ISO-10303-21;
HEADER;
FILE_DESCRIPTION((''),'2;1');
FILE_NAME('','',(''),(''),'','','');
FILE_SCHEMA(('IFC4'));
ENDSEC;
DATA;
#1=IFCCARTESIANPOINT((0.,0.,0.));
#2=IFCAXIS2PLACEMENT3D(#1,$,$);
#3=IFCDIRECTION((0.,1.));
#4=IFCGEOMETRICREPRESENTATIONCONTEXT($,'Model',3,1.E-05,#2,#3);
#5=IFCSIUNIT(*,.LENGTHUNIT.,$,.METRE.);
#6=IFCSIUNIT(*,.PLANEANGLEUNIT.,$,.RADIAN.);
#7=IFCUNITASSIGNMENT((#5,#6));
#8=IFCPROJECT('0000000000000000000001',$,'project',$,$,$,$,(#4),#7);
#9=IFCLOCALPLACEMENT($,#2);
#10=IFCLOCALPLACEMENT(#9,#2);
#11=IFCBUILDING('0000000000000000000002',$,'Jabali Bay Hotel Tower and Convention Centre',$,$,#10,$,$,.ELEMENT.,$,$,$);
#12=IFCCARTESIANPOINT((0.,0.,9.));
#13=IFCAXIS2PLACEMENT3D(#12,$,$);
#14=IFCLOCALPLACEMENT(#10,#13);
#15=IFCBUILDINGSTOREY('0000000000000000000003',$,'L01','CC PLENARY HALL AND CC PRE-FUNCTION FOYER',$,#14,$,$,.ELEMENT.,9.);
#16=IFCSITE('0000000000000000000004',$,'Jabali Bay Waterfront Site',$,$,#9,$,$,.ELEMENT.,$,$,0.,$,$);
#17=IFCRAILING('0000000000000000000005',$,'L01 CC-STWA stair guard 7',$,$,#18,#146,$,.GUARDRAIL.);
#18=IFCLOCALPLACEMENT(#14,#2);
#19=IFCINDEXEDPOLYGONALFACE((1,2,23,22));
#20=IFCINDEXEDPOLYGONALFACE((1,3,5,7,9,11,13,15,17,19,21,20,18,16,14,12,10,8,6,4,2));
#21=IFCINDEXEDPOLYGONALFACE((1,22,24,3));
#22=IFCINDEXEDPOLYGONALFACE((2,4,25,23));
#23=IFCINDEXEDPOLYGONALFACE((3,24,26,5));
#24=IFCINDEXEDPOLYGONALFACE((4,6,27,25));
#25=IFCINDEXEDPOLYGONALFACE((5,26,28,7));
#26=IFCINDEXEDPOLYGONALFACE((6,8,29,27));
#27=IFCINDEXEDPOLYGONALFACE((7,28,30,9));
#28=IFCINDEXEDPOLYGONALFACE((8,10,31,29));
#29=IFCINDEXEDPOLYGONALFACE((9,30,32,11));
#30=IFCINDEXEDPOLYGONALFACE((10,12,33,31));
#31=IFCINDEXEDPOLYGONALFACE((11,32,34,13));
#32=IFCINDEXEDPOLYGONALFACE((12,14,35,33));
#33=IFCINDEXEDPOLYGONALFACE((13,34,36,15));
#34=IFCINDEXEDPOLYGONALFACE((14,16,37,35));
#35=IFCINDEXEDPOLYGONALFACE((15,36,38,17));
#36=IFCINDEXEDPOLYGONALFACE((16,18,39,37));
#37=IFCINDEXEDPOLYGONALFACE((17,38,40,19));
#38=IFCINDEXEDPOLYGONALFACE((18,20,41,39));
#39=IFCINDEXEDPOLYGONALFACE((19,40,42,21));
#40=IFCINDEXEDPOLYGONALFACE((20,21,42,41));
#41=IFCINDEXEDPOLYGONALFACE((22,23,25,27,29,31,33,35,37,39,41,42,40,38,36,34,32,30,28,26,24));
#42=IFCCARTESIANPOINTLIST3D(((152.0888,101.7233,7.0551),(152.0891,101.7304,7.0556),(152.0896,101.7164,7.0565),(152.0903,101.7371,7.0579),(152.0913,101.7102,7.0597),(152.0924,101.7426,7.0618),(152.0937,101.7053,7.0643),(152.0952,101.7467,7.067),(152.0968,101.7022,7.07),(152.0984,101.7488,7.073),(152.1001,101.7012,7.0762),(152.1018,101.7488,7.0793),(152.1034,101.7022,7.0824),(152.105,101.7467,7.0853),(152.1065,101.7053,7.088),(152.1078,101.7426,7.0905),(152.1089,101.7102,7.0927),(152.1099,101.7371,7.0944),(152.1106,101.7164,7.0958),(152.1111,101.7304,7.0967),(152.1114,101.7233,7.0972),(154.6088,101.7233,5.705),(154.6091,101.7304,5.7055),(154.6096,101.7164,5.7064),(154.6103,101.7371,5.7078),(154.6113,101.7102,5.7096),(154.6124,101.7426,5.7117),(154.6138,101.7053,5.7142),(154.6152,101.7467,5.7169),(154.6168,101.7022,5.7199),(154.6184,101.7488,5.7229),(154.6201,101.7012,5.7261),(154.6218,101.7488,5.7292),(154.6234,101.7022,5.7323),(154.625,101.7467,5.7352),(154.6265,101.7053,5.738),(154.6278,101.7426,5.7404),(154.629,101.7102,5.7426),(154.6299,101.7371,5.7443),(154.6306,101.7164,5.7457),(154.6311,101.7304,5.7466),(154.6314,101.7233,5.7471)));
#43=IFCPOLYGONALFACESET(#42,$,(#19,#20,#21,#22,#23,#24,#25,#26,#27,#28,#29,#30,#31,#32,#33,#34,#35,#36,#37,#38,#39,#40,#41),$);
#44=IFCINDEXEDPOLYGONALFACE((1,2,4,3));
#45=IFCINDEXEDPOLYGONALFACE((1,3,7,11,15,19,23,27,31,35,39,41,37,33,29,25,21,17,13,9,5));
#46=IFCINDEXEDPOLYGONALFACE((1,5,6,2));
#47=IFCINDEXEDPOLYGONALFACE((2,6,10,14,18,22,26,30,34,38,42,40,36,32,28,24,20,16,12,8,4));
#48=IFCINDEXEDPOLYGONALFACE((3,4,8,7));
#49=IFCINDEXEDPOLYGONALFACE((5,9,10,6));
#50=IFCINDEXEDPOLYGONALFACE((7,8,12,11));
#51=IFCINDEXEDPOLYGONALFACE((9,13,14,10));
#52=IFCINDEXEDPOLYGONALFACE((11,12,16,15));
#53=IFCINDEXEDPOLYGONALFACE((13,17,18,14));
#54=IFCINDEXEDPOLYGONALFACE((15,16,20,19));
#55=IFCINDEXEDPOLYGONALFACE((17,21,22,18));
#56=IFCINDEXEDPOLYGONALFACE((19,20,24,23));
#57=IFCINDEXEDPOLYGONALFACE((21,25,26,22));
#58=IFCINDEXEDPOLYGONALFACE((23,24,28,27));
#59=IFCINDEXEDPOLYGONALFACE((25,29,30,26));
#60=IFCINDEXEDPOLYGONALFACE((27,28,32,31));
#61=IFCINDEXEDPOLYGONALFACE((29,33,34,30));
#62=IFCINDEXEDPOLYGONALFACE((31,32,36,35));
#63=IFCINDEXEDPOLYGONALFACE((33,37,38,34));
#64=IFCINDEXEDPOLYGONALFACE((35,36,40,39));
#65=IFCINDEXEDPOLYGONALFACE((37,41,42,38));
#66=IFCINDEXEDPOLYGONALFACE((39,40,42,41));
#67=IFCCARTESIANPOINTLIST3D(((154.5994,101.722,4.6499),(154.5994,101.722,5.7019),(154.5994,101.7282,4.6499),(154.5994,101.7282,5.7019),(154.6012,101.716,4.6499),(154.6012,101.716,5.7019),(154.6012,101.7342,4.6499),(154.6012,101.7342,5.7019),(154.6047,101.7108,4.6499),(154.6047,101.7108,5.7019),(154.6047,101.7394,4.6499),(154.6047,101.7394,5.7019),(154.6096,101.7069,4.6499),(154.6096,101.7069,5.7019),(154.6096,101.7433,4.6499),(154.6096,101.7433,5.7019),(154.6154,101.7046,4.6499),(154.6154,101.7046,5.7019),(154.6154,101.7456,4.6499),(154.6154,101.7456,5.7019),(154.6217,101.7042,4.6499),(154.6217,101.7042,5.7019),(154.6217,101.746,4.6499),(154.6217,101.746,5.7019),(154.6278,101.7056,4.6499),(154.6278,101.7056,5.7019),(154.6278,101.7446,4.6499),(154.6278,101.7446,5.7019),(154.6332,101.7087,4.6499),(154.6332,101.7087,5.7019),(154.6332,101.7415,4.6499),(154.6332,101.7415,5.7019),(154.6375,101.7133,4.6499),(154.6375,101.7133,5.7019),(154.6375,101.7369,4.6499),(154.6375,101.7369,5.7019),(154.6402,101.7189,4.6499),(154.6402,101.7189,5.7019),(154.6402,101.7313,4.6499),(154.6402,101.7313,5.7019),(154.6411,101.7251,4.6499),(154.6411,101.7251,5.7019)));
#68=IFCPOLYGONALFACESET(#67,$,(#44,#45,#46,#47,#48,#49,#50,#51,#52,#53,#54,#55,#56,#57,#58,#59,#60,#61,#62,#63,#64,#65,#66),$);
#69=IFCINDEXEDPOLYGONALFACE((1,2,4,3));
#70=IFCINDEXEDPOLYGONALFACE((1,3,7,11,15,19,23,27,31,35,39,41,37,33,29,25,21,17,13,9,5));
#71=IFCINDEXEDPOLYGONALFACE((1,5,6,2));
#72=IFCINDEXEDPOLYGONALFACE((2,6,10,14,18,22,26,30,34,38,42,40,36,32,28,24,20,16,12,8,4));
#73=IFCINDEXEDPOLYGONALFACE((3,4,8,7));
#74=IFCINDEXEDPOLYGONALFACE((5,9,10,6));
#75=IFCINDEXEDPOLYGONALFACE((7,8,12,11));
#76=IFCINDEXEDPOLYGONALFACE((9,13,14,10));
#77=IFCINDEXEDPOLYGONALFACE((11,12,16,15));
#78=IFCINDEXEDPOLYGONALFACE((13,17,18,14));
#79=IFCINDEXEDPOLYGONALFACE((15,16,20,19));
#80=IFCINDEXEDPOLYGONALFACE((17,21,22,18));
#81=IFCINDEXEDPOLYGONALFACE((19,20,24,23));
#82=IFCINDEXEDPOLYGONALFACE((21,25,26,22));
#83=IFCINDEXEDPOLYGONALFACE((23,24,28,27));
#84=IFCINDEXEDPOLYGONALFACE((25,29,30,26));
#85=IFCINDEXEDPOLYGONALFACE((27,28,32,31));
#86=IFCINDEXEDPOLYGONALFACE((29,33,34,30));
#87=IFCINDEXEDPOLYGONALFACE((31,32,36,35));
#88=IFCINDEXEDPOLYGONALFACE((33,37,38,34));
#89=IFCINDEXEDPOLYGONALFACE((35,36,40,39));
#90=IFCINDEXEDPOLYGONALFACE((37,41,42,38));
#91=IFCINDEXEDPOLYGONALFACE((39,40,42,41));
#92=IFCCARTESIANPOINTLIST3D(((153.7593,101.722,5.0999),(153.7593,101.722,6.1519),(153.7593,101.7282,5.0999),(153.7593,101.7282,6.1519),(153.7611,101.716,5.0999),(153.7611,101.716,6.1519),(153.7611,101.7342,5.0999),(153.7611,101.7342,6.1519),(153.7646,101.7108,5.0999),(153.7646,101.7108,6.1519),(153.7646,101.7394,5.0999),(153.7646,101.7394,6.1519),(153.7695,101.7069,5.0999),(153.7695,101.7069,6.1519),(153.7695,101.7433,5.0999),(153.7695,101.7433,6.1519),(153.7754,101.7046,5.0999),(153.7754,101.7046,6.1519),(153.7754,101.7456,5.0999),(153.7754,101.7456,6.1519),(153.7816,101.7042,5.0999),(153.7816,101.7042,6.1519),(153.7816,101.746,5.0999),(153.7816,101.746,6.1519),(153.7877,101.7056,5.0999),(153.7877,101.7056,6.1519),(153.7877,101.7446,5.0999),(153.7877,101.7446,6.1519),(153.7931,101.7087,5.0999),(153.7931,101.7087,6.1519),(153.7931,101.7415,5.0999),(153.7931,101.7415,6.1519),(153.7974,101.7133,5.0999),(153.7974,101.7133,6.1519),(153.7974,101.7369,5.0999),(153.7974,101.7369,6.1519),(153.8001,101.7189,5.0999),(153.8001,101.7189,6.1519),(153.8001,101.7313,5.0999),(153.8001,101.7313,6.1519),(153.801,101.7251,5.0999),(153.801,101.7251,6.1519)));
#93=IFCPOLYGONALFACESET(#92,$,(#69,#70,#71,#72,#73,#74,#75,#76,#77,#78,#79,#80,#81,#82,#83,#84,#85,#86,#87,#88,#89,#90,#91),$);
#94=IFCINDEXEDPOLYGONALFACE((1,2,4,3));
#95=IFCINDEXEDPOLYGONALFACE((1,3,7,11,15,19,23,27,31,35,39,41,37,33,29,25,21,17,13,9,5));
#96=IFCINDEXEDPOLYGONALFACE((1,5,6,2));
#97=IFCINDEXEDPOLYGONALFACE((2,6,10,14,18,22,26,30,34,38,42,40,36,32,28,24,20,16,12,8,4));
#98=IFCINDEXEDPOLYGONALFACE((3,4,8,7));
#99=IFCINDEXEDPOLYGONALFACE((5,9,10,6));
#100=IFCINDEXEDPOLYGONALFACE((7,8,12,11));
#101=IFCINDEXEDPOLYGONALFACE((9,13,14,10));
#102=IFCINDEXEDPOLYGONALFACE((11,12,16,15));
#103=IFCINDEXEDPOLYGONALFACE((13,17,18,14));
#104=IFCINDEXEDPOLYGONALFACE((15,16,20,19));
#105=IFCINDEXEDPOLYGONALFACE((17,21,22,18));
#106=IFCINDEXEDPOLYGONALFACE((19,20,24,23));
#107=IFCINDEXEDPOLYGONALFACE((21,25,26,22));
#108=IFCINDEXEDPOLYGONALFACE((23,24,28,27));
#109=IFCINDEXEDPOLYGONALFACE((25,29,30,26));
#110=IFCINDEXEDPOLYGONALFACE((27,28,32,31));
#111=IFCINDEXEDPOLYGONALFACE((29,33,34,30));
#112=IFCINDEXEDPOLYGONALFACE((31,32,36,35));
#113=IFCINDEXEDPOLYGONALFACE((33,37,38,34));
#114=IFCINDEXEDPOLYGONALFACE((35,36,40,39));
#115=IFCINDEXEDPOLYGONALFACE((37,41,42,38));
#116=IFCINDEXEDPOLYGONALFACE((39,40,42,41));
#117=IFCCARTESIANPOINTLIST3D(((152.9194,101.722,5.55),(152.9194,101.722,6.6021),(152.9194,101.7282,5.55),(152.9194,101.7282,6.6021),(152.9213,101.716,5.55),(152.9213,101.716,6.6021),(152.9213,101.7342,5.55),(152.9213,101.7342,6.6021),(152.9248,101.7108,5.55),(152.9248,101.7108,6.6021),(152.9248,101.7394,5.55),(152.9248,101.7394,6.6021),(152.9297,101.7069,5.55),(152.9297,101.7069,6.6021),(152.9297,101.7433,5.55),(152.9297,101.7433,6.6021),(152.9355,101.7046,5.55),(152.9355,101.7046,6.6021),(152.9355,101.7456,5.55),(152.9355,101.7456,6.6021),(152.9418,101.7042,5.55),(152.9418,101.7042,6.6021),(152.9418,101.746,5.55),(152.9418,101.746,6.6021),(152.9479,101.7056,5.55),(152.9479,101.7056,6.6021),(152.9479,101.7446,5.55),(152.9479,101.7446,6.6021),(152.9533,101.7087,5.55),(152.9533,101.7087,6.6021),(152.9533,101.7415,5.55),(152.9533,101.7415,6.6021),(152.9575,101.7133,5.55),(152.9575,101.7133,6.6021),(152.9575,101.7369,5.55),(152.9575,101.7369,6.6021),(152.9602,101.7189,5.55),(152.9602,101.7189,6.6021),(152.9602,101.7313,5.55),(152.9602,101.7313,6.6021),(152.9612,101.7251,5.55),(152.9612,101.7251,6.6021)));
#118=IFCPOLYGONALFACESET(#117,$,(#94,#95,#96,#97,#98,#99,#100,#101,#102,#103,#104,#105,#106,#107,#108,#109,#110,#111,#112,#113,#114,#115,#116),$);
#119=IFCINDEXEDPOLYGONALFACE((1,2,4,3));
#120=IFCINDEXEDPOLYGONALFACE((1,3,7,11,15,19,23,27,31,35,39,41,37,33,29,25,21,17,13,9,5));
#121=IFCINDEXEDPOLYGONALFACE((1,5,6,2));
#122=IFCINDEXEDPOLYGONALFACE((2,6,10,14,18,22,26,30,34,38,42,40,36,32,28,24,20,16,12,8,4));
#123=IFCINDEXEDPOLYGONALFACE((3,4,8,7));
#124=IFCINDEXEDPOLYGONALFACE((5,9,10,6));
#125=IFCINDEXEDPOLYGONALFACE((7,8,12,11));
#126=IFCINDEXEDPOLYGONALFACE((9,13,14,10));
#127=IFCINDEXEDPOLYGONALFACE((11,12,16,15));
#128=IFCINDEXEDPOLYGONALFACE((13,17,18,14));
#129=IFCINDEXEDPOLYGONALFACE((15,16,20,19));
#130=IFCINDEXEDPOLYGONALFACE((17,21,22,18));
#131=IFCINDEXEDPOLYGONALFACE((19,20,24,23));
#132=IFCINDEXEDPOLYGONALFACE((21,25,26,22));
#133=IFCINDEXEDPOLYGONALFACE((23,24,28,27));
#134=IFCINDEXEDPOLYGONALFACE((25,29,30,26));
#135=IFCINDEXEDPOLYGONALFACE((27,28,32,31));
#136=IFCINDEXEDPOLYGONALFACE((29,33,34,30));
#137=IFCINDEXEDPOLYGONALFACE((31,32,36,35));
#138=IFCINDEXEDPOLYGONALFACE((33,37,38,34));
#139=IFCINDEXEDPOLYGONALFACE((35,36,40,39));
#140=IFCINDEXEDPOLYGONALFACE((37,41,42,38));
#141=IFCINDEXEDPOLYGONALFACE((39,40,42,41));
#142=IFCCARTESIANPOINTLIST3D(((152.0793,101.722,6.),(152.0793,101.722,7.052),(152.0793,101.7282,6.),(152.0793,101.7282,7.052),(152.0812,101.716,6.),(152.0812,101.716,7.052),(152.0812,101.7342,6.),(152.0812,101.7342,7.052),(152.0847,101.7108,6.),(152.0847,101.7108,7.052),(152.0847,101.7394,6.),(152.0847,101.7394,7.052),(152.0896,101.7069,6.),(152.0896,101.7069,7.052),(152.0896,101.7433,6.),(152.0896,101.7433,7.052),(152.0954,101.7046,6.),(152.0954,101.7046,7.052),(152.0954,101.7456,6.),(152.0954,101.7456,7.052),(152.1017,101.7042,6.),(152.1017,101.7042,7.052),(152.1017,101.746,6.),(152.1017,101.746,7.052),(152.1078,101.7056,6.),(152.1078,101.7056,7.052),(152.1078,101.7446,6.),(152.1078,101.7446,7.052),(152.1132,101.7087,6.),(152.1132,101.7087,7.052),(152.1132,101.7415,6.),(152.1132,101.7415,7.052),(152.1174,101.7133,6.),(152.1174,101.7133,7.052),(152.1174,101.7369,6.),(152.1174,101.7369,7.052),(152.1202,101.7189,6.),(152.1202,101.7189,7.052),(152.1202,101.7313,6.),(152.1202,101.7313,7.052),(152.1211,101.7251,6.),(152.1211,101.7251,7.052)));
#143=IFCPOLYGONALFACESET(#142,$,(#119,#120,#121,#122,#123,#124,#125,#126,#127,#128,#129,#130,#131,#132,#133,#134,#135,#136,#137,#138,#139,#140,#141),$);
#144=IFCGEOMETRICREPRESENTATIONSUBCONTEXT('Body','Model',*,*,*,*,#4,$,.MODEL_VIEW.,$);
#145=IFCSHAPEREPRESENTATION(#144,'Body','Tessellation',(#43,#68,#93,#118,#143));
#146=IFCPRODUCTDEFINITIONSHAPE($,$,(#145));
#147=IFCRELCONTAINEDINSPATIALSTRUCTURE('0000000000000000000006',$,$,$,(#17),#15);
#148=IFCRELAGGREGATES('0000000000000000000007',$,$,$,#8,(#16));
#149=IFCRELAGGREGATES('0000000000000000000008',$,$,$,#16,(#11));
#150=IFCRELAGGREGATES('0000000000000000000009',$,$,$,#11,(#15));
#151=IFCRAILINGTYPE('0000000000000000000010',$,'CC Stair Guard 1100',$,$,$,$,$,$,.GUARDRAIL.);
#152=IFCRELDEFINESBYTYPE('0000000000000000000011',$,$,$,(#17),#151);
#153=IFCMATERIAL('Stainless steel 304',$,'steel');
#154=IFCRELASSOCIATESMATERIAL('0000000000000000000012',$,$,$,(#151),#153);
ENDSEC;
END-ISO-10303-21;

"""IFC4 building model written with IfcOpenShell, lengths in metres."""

from ifc_helpers import new_model, si_unit, direction, frame, origin, origin_2d, place, context, subcontext, project, spatial, circle, extrude, material, type_object, element, save


model = new_model("IFC4")

# Units and contexts
model_context = context("Model", 3, precision=1e-05, world=origin(), true_north=direction((0.0, 1.0)))
body_context = subcontext(model_context, "Body", "Model", "MODEL_VIEW")
ifc_project = project(units=[si_unit("LENGTHUNIT", "METRE"), si_unit("PLANEANGLEUNIT", "RADIAN")], contexts=[model_context])

# Site, building, storey
site_placement = place(None, origin())
site = spatial("IfcSite", under=ifc_project, at=site_placement, Name="Jabali Bay Waterfront Site", CompositionType="ELEMENT", RefElevation=0.0)
building_placement = place(site_placement, origin())
building = spatial("IfcBuilding", under=site, at=building_placement, Name="Jabali Bay Hotel Tower and Convention Centre", CompositionType="ELEMENT")
storey_placement = place(building_placement, frame((0.0, 0.0, 9.0)))
storey = spatial("IfcBuildingStorey", under=building, at=storey_placement, Name="L01", Description="CC PLENARY HALL AND CC PRE-FUNCTION FOYER", CompositionType="ELEMENT", Elevation=9.0)

# Railing
ifc_material_1 = material(Name="Stainless steel 304", Category="steel")
railing_type_1 = type_object("IfcRailingType", Name="CC Stair Guard 1100", PredefinedType="GUARDRAIL", material=ifc_material_1)
railing_1_placement = place(storey_placement, frame((154.6201, 101.7251, 4.6499)))
element("IfcRailing", 1, at=railing_1_placement, inside=storey, type_object=railing_type_1, Name="L01 CC-STWA stair guard 7", PredefinedType="GUARDRAIL", context=body_context, shape_type="SweptSolid", body=[
    extrude(circle(Radius=0.0239, at=origin_2d()), frame((0.0, 0.0, 1.0762), z_axis=(-0.881467, 0.0, 0.472245), x_axis=(0.0, -1.0, 0.0)), (0.0, 0.0, 1.0), 2.8589),
    extrude(circle(Radius=0.021, at=origin_2d()), origin(), (0.0, 0.0, 1.0), 1.052),
    extrude(circle(Radius=0.021, at=origin_2d()), frame((-0.8401, 0.0, 0.45)), (0.0, 0.0, 1.0), 1.052),
    extrude(circle(Radius=0.021, at=origin_2d()), frame((-1.6799, 0.0, 0.9001)), (0.0, 0.0, 1.0), 1.052),
    extrude(circle(Radius=0.021, at=origin_2d()), frame((-2.52, 0.0, 1.3501)), (0.0, 0.0, 1.0), 1.052),
])

save(model, "model.ifc")
